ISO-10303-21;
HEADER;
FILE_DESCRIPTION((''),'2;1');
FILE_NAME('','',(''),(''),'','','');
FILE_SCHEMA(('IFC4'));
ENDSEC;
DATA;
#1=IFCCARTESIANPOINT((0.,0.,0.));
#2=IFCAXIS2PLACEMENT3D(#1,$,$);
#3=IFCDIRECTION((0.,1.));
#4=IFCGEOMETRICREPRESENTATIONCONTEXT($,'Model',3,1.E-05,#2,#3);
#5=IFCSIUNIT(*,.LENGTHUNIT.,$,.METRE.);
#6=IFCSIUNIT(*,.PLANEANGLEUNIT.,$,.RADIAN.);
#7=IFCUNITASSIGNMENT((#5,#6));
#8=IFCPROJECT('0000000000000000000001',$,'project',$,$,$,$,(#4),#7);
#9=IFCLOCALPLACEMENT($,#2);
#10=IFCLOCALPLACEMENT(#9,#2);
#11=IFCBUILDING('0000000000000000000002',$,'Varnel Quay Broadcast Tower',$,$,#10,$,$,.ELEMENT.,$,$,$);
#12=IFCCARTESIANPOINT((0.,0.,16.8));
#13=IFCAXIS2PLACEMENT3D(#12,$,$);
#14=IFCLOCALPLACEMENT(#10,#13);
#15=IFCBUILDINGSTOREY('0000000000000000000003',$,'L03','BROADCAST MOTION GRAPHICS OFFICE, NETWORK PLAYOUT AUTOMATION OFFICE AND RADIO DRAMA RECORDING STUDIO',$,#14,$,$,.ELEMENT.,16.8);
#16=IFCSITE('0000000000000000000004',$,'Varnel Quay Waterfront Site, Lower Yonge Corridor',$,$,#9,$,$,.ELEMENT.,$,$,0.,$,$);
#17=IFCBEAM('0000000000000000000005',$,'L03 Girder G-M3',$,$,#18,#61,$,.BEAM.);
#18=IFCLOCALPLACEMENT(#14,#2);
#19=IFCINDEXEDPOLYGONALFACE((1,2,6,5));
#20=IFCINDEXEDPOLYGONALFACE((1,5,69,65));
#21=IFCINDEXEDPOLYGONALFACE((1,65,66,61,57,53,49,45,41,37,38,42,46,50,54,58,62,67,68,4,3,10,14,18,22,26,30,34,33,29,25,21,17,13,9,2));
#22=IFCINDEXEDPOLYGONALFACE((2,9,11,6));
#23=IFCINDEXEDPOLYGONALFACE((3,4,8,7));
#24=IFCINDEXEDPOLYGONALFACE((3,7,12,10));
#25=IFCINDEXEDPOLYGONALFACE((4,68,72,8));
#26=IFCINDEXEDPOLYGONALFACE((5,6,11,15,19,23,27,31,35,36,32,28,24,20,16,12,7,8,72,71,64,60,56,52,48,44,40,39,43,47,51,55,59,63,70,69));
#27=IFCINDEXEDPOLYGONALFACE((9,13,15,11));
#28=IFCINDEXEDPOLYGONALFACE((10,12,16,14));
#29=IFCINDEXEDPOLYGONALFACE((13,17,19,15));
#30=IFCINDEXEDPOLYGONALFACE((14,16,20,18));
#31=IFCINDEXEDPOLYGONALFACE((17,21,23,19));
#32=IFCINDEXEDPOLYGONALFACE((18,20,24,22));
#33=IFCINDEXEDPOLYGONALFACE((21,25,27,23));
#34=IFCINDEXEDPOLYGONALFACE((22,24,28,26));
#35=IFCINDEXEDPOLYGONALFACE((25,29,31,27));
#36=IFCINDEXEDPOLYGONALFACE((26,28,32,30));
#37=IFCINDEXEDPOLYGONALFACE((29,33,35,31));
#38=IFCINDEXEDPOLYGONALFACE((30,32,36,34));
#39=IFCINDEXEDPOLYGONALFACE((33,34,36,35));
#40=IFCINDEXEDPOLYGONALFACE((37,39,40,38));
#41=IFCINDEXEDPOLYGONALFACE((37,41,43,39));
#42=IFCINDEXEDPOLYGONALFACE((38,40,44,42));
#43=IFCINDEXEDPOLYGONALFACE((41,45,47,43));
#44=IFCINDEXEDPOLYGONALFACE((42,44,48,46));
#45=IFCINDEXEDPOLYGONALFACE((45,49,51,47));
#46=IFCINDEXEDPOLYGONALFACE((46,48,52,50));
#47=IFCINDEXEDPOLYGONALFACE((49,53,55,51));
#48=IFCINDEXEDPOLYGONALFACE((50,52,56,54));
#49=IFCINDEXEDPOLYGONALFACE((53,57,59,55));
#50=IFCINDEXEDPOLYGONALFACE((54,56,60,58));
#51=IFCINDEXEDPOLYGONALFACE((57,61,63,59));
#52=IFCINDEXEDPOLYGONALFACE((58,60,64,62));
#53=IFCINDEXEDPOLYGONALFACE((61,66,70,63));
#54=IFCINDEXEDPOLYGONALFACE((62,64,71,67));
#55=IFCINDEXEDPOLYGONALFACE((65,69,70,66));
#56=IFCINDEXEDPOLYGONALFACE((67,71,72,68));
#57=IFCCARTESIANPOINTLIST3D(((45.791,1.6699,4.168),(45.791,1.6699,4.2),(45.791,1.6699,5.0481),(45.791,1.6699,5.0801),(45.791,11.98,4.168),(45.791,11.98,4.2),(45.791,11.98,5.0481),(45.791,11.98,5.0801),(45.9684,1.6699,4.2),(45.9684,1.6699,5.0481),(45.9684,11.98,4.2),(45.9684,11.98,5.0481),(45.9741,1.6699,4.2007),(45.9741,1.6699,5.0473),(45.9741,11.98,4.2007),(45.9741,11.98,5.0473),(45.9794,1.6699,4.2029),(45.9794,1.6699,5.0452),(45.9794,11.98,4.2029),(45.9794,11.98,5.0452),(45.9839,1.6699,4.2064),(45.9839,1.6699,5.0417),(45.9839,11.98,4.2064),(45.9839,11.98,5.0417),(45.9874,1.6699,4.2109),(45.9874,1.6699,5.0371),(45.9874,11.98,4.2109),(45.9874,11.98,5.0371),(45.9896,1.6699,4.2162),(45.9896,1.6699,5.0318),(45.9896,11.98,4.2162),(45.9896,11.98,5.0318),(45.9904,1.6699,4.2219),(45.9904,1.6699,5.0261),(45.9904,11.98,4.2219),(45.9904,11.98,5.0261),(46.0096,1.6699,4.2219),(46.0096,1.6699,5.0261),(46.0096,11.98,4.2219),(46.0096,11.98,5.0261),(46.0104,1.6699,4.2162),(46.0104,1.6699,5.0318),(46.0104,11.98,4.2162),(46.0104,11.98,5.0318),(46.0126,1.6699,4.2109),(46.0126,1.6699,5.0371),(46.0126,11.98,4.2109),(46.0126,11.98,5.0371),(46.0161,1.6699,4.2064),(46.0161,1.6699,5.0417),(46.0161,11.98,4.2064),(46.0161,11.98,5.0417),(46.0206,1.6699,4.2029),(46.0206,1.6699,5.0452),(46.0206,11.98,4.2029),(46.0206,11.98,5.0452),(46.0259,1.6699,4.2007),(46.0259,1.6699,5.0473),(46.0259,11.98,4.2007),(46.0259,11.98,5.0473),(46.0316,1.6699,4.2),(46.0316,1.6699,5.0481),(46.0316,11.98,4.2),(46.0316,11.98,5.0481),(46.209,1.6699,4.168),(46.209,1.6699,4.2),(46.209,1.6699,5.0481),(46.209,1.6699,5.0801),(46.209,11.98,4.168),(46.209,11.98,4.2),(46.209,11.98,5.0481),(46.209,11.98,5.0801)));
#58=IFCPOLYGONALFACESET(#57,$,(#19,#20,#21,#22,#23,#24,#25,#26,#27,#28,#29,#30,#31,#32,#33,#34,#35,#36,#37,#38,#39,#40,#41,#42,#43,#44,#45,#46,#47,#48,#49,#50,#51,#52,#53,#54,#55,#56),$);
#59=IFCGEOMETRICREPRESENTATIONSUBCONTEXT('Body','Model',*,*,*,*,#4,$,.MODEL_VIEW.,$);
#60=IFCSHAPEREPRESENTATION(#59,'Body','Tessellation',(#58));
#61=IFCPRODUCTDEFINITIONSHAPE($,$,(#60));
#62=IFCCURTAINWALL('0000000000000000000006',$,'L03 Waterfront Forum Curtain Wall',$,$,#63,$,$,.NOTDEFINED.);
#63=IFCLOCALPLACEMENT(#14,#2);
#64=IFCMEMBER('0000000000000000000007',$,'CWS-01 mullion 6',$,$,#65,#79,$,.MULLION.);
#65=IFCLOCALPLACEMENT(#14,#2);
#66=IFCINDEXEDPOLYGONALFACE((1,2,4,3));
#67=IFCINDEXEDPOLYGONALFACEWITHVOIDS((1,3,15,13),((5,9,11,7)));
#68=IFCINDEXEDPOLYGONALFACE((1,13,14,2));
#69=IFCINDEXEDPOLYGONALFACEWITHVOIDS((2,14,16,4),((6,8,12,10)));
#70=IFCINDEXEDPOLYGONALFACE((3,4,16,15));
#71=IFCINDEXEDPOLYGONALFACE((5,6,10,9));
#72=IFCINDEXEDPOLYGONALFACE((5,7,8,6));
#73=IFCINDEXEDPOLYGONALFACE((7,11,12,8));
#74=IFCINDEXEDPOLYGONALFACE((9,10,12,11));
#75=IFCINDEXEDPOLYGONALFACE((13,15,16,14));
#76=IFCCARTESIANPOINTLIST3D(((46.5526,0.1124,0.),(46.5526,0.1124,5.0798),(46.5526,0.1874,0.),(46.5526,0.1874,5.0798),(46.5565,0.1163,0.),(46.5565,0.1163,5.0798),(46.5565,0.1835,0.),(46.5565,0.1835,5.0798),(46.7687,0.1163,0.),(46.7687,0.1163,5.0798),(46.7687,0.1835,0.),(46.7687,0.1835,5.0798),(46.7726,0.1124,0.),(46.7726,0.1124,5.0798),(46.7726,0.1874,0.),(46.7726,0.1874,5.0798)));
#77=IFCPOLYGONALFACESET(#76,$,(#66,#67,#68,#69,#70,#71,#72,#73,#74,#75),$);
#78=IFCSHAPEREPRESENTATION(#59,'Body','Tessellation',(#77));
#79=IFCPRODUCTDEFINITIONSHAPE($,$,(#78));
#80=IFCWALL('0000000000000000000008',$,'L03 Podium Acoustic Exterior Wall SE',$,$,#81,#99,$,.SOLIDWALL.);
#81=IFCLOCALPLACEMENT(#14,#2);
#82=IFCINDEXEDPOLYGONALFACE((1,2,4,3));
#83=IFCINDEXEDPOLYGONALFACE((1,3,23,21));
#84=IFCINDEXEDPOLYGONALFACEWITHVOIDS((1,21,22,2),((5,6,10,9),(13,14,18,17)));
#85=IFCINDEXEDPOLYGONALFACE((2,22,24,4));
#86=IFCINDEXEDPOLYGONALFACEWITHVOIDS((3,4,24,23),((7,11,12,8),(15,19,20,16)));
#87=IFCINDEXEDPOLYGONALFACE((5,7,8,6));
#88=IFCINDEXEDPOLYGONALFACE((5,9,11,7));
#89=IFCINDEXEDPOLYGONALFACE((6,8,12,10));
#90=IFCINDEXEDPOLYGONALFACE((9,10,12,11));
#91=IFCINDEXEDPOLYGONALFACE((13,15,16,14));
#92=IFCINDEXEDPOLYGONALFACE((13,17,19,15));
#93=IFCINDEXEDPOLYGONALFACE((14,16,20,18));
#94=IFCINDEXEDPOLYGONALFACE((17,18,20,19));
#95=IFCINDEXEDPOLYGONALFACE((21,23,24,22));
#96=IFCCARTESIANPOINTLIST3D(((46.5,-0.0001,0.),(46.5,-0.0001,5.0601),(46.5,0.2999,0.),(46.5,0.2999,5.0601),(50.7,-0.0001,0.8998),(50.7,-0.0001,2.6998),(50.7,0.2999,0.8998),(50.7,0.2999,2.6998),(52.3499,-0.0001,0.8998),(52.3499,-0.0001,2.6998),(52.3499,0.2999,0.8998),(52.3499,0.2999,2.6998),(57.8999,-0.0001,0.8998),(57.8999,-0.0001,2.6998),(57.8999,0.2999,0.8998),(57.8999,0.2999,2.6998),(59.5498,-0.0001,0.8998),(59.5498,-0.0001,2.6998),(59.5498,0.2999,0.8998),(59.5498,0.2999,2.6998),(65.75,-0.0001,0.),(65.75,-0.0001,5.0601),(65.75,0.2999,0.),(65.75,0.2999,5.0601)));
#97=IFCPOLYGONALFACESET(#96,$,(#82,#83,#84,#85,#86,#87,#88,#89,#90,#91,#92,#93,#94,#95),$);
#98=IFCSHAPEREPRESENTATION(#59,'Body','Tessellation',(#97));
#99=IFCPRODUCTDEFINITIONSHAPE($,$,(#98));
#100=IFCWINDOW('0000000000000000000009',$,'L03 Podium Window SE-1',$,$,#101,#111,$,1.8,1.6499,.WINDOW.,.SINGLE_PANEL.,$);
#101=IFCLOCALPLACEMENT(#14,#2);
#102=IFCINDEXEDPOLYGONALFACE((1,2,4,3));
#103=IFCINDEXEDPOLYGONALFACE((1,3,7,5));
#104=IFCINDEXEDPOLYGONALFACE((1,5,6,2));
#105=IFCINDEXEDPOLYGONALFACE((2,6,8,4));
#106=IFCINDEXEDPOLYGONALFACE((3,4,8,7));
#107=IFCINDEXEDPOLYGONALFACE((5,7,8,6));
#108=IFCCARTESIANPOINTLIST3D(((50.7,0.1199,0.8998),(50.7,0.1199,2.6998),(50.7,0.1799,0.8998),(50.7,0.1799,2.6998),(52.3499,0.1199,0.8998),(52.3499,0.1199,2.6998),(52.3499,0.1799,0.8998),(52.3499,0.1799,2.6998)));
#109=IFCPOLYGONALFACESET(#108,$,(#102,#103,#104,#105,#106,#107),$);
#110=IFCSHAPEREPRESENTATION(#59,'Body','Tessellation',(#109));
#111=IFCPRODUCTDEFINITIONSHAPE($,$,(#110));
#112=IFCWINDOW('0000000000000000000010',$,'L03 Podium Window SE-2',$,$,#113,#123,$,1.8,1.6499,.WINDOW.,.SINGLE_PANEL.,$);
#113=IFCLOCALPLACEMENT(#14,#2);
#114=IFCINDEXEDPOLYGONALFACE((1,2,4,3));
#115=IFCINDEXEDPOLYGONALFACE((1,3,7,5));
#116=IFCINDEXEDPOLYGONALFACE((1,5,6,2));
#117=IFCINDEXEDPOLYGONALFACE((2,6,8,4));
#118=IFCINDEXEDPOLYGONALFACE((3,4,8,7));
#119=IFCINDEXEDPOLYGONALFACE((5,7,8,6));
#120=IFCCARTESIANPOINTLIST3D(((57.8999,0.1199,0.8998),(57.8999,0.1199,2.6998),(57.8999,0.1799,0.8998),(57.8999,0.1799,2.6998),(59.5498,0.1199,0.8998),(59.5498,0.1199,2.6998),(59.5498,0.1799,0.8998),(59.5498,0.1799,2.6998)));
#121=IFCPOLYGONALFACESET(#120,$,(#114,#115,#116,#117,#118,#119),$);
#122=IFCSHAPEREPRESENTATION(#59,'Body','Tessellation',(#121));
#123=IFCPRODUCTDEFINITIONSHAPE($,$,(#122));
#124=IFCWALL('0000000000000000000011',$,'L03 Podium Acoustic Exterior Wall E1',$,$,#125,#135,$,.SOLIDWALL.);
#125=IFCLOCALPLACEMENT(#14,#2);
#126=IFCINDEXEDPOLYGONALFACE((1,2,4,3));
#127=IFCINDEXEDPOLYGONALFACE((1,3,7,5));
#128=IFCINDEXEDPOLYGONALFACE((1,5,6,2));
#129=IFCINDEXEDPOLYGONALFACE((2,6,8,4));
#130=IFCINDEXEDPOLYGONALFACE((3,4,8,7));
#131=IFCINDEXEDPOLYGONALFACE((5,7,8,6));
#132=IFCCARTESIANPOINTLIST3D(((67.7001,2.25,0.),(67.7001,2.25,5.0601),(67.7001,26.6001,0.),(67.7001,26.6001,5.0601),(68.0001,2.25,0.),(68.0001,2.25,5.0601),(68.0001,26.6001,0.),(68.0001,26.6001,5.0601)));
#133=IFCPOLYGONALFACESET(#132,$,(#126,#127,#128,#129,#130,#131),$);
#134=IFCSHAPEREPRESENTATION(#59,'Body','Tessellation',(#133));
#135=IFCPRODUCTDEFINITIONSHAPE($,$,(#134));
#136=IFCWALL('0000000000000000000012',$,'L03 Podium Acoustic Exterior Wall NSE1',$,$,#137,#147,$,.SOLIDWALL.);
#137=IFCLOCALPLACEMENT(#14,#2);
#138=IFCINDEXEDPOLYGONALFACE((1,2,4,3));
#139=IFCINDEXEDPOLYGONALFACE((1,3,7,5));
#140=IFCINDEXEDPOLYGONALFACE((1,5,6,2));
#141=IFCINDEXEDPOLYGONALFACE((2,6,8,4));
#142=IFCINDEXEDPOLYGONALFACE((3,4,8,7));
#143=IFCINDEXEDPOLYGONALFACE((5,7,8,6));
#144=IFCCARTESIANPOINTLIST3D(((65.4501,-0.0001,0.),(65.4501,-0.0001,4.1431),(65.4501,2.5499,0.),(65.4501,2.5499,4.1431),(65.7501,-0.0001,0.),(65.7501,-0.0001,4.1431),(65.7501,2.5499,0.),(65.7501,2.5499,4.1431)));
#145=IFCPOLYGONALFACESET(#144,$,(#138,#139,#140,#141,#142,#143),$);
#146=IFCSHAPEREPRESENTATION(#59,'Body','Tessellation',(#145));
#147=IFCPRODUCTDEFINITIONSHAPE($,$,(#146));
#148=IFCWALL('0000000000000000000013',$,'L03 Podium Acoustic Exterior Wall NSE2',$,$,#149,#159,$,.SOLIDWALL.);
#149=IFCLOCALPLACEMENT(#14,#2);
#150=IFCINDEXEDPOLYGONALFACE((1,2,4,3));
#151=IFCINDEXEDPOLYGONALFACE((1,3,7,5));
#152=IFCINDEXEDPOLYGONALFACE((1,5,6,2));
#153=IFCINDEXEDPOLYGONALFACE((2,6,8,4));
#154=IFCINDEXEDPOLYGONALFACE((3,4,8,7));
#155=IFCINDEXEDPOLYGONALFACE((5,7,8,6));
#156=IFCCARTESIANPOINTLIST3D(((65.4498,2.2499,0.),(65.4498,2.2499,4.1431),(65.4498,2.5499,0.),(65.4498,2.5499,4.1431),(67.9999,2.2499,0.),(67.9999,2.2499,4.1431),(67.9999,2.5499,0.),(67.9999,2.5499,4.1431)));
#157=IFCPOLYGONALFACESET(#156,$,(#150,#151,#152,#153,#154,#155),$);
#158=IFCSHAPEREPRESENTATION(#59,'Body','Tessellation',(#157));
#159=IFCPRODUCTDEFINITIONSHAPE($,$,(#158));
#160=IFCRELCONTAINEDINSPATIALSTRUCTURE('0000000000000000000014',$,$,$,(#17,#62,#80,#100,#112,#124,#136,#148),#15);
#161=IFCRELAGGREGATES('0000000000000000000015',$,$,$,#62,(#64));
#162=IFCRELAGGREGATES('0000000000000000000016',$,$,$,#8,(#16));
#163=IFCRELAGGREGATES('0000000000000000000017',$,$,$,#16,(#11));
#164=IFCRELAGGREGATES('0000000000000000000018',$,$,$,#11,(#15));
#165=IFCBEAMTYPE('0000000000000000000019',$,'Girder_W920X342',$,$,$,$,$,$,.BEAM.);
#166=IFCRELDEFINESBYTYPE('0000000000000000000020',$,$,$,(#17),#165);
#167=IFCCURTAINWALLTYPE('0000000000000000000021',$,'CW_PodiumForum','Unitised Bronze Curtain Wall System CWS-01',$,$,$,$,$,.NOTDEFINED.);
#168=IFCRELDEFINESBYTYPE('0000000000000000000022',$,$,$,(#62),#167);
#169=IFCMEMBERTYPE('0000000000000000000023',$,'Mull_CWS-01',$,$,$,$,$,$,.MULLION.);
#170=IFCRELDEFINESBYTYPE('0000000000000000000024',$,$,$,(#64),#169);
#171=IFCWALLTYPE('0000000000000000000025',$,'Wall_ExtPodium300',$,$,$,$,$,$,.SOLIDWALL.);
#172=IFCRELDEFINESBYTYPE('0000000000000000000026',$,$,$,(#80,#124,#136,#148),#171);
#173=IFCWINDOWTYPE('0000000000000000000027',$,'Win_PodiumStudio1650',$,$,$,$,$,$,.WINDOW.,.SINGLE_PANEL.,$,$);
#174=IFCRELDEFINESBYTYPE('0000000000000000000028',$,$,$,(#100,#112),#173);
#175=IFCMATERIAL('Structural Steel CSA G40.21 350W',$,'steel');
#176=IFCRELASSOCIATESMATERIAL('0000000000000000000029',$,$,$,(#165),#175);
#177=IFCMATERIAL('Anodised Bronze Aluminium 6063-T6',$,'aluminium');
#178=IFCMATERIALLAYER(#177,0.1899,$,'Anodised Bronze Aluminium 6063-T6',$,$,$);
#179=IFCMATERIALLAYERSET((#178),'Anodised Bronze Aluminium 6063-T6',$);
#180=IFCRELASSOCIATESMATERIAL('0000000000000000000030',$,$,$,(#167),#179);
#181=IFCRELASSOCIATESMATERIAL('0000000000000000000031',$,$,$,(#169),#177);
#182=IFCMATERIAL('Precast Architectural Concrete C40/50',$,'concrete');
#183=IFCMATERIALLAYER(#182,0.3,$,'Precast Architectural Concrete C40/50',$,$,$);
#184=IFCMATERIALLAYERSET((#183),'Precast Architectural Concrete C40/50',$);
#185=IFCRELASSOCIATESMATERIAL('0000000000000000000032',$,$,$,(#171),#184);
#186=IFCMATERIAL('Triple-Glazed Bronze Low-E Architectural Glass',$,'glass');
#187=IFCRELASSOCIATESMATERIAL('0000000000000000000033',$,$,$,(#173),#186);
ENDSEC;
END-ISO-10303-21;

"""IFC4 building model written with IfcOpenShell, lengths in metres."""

from ifc_helpers import new_model, si_unit, direction, frame, frame_2d, origin, origin_2d, place, context, subcontext, project, spatial, rectangle, hollow_rectangle, i_section, extrude, source, transform, mapped, material, layer, layer_set, material_profile, profile_set, type_object, type_shapes, element, fill, aggregate, save


model = new_model("IFC4")

# Units and contexts
model_context = context("Model", 3, precision=1e-05, world=origin(), true_north=direction((0.0, 1.0)))
body_context = subcontext(model_context, "Body", "Model", "MODEL_VIEW")
ifc_project = project(units=[si_unit("LENGTHUNIT", "METRE"), si_unit("PLANEANGLEUNIT", "RADIAN")], contexts=[model_context])

# Site, building, storey
site_placement = place(None, origin())
site = spatial("IfcSite", under=ifc_project, at=site_placement, Name="Varnel Quay Waterfront Site, Lower Yonge Corridor", CompositionType="ELEMENT", RefElevation=0.0)
building_placement = place(site_placement, origin())
building = spatial("IfcBuilding", under=site, at=building_placement, Name="Varnel Quay Broadcast Tower", CompositionType="ELEMENT")
storey_placement = place(building_placement, frame((0.0, 0.0, 16.8)))
storey = spatial("IfcBuildingStorey", under=building, at=storey_placement, Name="L03", Description="BROADCAST MOTION GRAPHICS OFFICE, NETWORK PLAYOUT AUTOMATION OFFICE AND RADIO DRAMA RECORDING STUDIO", CompositionType="ELEMENT", Elevation=16.8)

# Shared definitions
ifc_material_1 = material(Name="Structural Steel CSA G40.21 350W", Category="steel")

# Beam
ifc_material_profile_1 = material_profile(ifc_material_1, i_section(OverallWidth=0.418, OverallDepth=0.9121, WebThickness=0.0193, FlangeThickness=0.032, FilletRadius=0.022, at=origin_2d()), Name="W920X342")
ifc_profile_set_1 = profile_set([ifc_material_profile_1], Name="Structural Steel CSA G40.21 350W")
beam_type = type_object("IfcBeamType", Name="Girder_W920X342", PredefinedType="BEAM", material=ifc_profile_set_1)
shared_shape_1 = source(origin(), body_context, "Body", "SweptSolid", [
    extrude(i_section(OverallWidth=0.418, OverallDepth=0.9121, WebThickness=0.0193, FlangeThickness=0.032, FilletRadius=0.022, at=origin_2d()), origin(), (0.0, 0.0, 1.0), 10.3101),
])
beam_1_placement = place(storey_placement, frame((46.0, 1.6699, 4.624), z_axis=(0.0, 1.0, 0.0), x_axis=(-1.0, 0.0, 0.0)))
element("IfcBeam", 1, at=beam_1_placement, inside=storey, type_object=beam_type, Name="L03 Girder G-M3", PredefinedType="BEAM", context=body_context, shape_type="MappedRepresentation", body=[
    mapped(shared_shape_1, transform((0.0, 0.0, 0.0), x_axis=(1.0, 0.0, 0.0), y_axis=(0.0, 1.0, 0.0), z_axis=(0.0, 0.0, 1.0), scale=1.0)),
])

# Curtain wall, member
ifc_material_2 = material(Name="Anodised Bronze Aluminium 6063-T6", Category="aluminium")
ifc_layer_1 = layer(ifc_material_2, 0.1899, Name="Anodised Bronze Aluminium 6063-T6")
ifc_layer_set_1 = layer_set([ifc_layer_1], Name="Anodised Bronze Aluminium 6063-T6")
curtain_wall_type = type_object("IfcCurtainWallType", Name="CW_PodiumForum", Description="Unitised Bronze Curtain Wall System CWS-01", PredefinedType="NOTDEFINED", material=ifc_layer_set_1)
curtain_wall_placement = place(storey_placement, origin())
curtain_wall = element("IfcCurtainWall", 2, at=curtain_wall_placement, inside=storey, type_object=curtain_wall_type, Name="L03 Waterfront Forum Curtain Wall", PredefinedType="NOTDEFINED")
ifc_material_profile_2 = material_profile(ifc_material_2, hollow_rectangle(XDim=0.075, YDim=0.22, WallThickness=0.0039, at=origin_2d()), Name="ALU75X220X4")
ifc_profile_set_2 = profile_set([ifc_material_profile_2], Name="Anodised Bronze Aluminium 6063-T6")
member_type = type_object("IfcMemberType", Name="Mull_CWS-01", PredefinedType="MULLION", material=ifc_profile_set_2)
shared_shape_2 = source(origin(), body_context, "Body", "SweptSolid", [
    extrude(hollow_rectangle(XDim=0.075, YDim=0.22, WallThickness=0.0039, at=origin_2d()), origin(), (0.0, 0.0, 1.0), 5.0798),
])
type_shapes(member_type, [shared_shape_2])
member_placement = place(storey_placement, frame((46.6626, 0.1499, 0.0), z_axis=(0.0, 0.0, 1.0), x_axis=(0.0, 1.0, 0.0)))
member = element("IfcMember", 3, at=member_placement, type_object=member_type, Name="CWS-01 mullion 6", PredefinedType="MULLION", context=body_context, shape_type="MappedRepresentation", body=[
    mapped(shared_shape_2, transform((0.0, 0.0, 0.0), x_axis=(1.0, 0.0, 0.0), y_axis=(0.0, 1.0, 0.0), z_axis=(0.0, 0.0, 1.0), scale=1.0)),
])
aggregate(curtain_wall, [member])

# Wall, openings, windows
ifc_material_3 = material(Name="Precast Architectural Concrete C40/50", Category="concrete")
ifc_layer_2 = layer(ifc_material_3, 0.3, Name="Precast Architectural Concrete C40/50")
ifc_layer_set_2 = layer_set([ifc_layer_2], Name="Precast Architectural Concrete C40/50")
wall_type_1 = type_object("IfcWallType", Name="Wall_ExtPodium300", PredefinedType="SOLIDWALL", material=ifc_layer_set_2)
wall_1_placement = place(storey_placement, frame((46.5, 0.1499, 0.0), z_axis=(0.0, 0.0, 1.0), x_axis=(1.0, 0.0, 0.0)))
wall_1 = element("IfcWall", 4, at=wall_1_placement, inside=storey, type_object=wall_type_1, Name="L03 Podium Acoustic Exterior Wall SE", PredefinedType="SOLIDWALL", context=body_context, shape_type="SweptSolid", body=[
    extrude(rectangle(XDim=19.25, YDim=0.3, at=frame_2d((9.625, 0.0))), origin(), (0.0, 0.0, 1.0), 5.0601),
])
opening_1_placement = place(wall_1_placement, frame((4.2, 0.0, 0.8999)))
opening_1 = element("IfcOpeningElement", 5, at=opening_1_placement, cuts=wall_1, PredefinedType="OPENING", context=body_context, shape_type="SweptSolid", body=[
    extrude(rectangle(XDim=1.6499, YDim=1.8, at=frame_2d((0.825, 0.8999))), frame((0.0, 0.1602, 0.0), z_axis=(0.0, -1.0, 0.0), x_axis=(1.0, 0.0, 0.0)), (0.0, 0.0, 1.0), 0.3201),
])
opening_2_placement = place(wall_1_placement, frame((11.3999, 0.0, 0.8999)))
opening_2 = element("IfcOpeningElement", 6, at=opening_2_placement, cuts=wall_1, PredefinedType="OPENING", context=body_context, shape_type="SweptSolid", body=[
    extrude(rectangle(XDim=1.6499, YDim=1.8, at=frame_2d((0.825, 0.8999))), frame((0.0, 0.1602, 0.0), z_axis=(0.0, -1.0, 0.0), x_axis=(1.0, 0.0, 0.0)), (0.0, 0.0, 1.0), 0.3201),
])
ifc_material_4 = material(Name="Triple-Glazed Bronze Low-E Architectural Glass", Category="glass")
window_type = type_object("IfcWindowType", Name="Win_PodiumStudio1650", PartitioningType="SINGLE_PANEL", PredefinedType="WINDOW", material=ifc_material_4)
shared_shape_3 = source(origin(), body_context, "Body", "SweptSolid", [
    extrude(rectangle(XDim=1.6499, YDim=1.8, at=frame_2d((0.825, 0.8999))), frame((0.0, 0.03, 0.0), z_axis=(0.0, -1.0, 0.0), x_axis=(1.0, 0.0, 0.0)), (0.0, 0.0, 1.0), 0.0601),
])
type_shapes(window_type, [shared_shape_3])
window_1_placement = place(opening_1_placement, origin())
window_1 = element("IfcWindow", 7, at=window_1_placement, inside=storey, type_object=window_type, Name="L03 Podium Window SE-1", OverallHeight=1.8, OverallWidth=1.6499, PartitioningType="SINGLE_PANEL", PredefinedType="WINDOW", context=body_context, shape_type="MappedRepresentation", body=[
    mapped(shared_shape_3, transform((0.0, 0.0, 0.0), x_axis=(1.0, 0.0, 0.0), y_axis=(0.0, 1.0, 0.0), z_axis=(0.0, 0.0, 1.0), scale=1.0)),
])
fill(opening_1, window_1)
window_2_placement = place(opening_2_placement, origin())
window_2 = element("IfcWindow", 8, at=window_2_placement, inside=storey, type_object=window_type, Name="L03 Podium Window SE-2", OverallHeight=1.8, OverallWidth=1.6499, PartitioningType="SINGLE_PANEL", PredefinedType="WINDOW", context=body_context, shape_type="MappedRepresentation", body=[
    mapped(shared_shape_3, transform((0.0, 0.0, 0.0), x_axis=(1.0, 0.0, 0.0), y_axis=(0.0, 1.0, 0.0), z_axis=(0.0, 0.0, 1.0), scale=1.0)),
])
fill(opening_2, window_2)

# Walls
wall_2_placement = place(storey_placement, frame((67.8501, 2.25, 0.0), z_axis=(0.0, 0.0, 1.0), x_axis=(0.0, 1.0, 0.0)))
element("IfcWall", 9, at=wall_2_placement, inside=storey, type_object=wall_type_1, Name="L03 Podium Acoustic Exterior Wall E1", PredefinedType="SOLIDWALL", context=body_context, shape_type="SweptSolid", body=[
    extrude(rectangle(XDim=24.3501, YDim=0.3, at=frame_2d((12.175, 0.0))), origin(), (0.0, 0.0, 1.0), 5.0601),
])
for number, where, z_axis, x_axis, name in (
    (10, (65.6001, 0.0, 0.0), (0.0, 0.0, 1.0), (0.0, 1.0, 0.0), "L03 Podium Acoustic Exterior Wall NSE1"),
    (11, (65.45, 2.3999, 0.0), (0.0, 0.0, 1.0), (1.0, 0.0, 0.0), "L03 Podium Acoustic Exterior Wall NSE2"),
):
    element("IfcWall", number, at=place(storey_placement, frame(where, z_axis=z_axis, x_axis=x_axis)), inside=storey, type_object=wall_type_1, Name=name, PredefinedType="SOLIDWALL", context=body_context, shape_type="SweptSolid", body=[
        extrude(rectangle(XDim=2.55, YDim=0.3, at=frame_2d((1.2749, 0.0))), origin(), (0.0, 0.0, 1.0), 4.1431),
    ])

save(model, "model.ifc")
